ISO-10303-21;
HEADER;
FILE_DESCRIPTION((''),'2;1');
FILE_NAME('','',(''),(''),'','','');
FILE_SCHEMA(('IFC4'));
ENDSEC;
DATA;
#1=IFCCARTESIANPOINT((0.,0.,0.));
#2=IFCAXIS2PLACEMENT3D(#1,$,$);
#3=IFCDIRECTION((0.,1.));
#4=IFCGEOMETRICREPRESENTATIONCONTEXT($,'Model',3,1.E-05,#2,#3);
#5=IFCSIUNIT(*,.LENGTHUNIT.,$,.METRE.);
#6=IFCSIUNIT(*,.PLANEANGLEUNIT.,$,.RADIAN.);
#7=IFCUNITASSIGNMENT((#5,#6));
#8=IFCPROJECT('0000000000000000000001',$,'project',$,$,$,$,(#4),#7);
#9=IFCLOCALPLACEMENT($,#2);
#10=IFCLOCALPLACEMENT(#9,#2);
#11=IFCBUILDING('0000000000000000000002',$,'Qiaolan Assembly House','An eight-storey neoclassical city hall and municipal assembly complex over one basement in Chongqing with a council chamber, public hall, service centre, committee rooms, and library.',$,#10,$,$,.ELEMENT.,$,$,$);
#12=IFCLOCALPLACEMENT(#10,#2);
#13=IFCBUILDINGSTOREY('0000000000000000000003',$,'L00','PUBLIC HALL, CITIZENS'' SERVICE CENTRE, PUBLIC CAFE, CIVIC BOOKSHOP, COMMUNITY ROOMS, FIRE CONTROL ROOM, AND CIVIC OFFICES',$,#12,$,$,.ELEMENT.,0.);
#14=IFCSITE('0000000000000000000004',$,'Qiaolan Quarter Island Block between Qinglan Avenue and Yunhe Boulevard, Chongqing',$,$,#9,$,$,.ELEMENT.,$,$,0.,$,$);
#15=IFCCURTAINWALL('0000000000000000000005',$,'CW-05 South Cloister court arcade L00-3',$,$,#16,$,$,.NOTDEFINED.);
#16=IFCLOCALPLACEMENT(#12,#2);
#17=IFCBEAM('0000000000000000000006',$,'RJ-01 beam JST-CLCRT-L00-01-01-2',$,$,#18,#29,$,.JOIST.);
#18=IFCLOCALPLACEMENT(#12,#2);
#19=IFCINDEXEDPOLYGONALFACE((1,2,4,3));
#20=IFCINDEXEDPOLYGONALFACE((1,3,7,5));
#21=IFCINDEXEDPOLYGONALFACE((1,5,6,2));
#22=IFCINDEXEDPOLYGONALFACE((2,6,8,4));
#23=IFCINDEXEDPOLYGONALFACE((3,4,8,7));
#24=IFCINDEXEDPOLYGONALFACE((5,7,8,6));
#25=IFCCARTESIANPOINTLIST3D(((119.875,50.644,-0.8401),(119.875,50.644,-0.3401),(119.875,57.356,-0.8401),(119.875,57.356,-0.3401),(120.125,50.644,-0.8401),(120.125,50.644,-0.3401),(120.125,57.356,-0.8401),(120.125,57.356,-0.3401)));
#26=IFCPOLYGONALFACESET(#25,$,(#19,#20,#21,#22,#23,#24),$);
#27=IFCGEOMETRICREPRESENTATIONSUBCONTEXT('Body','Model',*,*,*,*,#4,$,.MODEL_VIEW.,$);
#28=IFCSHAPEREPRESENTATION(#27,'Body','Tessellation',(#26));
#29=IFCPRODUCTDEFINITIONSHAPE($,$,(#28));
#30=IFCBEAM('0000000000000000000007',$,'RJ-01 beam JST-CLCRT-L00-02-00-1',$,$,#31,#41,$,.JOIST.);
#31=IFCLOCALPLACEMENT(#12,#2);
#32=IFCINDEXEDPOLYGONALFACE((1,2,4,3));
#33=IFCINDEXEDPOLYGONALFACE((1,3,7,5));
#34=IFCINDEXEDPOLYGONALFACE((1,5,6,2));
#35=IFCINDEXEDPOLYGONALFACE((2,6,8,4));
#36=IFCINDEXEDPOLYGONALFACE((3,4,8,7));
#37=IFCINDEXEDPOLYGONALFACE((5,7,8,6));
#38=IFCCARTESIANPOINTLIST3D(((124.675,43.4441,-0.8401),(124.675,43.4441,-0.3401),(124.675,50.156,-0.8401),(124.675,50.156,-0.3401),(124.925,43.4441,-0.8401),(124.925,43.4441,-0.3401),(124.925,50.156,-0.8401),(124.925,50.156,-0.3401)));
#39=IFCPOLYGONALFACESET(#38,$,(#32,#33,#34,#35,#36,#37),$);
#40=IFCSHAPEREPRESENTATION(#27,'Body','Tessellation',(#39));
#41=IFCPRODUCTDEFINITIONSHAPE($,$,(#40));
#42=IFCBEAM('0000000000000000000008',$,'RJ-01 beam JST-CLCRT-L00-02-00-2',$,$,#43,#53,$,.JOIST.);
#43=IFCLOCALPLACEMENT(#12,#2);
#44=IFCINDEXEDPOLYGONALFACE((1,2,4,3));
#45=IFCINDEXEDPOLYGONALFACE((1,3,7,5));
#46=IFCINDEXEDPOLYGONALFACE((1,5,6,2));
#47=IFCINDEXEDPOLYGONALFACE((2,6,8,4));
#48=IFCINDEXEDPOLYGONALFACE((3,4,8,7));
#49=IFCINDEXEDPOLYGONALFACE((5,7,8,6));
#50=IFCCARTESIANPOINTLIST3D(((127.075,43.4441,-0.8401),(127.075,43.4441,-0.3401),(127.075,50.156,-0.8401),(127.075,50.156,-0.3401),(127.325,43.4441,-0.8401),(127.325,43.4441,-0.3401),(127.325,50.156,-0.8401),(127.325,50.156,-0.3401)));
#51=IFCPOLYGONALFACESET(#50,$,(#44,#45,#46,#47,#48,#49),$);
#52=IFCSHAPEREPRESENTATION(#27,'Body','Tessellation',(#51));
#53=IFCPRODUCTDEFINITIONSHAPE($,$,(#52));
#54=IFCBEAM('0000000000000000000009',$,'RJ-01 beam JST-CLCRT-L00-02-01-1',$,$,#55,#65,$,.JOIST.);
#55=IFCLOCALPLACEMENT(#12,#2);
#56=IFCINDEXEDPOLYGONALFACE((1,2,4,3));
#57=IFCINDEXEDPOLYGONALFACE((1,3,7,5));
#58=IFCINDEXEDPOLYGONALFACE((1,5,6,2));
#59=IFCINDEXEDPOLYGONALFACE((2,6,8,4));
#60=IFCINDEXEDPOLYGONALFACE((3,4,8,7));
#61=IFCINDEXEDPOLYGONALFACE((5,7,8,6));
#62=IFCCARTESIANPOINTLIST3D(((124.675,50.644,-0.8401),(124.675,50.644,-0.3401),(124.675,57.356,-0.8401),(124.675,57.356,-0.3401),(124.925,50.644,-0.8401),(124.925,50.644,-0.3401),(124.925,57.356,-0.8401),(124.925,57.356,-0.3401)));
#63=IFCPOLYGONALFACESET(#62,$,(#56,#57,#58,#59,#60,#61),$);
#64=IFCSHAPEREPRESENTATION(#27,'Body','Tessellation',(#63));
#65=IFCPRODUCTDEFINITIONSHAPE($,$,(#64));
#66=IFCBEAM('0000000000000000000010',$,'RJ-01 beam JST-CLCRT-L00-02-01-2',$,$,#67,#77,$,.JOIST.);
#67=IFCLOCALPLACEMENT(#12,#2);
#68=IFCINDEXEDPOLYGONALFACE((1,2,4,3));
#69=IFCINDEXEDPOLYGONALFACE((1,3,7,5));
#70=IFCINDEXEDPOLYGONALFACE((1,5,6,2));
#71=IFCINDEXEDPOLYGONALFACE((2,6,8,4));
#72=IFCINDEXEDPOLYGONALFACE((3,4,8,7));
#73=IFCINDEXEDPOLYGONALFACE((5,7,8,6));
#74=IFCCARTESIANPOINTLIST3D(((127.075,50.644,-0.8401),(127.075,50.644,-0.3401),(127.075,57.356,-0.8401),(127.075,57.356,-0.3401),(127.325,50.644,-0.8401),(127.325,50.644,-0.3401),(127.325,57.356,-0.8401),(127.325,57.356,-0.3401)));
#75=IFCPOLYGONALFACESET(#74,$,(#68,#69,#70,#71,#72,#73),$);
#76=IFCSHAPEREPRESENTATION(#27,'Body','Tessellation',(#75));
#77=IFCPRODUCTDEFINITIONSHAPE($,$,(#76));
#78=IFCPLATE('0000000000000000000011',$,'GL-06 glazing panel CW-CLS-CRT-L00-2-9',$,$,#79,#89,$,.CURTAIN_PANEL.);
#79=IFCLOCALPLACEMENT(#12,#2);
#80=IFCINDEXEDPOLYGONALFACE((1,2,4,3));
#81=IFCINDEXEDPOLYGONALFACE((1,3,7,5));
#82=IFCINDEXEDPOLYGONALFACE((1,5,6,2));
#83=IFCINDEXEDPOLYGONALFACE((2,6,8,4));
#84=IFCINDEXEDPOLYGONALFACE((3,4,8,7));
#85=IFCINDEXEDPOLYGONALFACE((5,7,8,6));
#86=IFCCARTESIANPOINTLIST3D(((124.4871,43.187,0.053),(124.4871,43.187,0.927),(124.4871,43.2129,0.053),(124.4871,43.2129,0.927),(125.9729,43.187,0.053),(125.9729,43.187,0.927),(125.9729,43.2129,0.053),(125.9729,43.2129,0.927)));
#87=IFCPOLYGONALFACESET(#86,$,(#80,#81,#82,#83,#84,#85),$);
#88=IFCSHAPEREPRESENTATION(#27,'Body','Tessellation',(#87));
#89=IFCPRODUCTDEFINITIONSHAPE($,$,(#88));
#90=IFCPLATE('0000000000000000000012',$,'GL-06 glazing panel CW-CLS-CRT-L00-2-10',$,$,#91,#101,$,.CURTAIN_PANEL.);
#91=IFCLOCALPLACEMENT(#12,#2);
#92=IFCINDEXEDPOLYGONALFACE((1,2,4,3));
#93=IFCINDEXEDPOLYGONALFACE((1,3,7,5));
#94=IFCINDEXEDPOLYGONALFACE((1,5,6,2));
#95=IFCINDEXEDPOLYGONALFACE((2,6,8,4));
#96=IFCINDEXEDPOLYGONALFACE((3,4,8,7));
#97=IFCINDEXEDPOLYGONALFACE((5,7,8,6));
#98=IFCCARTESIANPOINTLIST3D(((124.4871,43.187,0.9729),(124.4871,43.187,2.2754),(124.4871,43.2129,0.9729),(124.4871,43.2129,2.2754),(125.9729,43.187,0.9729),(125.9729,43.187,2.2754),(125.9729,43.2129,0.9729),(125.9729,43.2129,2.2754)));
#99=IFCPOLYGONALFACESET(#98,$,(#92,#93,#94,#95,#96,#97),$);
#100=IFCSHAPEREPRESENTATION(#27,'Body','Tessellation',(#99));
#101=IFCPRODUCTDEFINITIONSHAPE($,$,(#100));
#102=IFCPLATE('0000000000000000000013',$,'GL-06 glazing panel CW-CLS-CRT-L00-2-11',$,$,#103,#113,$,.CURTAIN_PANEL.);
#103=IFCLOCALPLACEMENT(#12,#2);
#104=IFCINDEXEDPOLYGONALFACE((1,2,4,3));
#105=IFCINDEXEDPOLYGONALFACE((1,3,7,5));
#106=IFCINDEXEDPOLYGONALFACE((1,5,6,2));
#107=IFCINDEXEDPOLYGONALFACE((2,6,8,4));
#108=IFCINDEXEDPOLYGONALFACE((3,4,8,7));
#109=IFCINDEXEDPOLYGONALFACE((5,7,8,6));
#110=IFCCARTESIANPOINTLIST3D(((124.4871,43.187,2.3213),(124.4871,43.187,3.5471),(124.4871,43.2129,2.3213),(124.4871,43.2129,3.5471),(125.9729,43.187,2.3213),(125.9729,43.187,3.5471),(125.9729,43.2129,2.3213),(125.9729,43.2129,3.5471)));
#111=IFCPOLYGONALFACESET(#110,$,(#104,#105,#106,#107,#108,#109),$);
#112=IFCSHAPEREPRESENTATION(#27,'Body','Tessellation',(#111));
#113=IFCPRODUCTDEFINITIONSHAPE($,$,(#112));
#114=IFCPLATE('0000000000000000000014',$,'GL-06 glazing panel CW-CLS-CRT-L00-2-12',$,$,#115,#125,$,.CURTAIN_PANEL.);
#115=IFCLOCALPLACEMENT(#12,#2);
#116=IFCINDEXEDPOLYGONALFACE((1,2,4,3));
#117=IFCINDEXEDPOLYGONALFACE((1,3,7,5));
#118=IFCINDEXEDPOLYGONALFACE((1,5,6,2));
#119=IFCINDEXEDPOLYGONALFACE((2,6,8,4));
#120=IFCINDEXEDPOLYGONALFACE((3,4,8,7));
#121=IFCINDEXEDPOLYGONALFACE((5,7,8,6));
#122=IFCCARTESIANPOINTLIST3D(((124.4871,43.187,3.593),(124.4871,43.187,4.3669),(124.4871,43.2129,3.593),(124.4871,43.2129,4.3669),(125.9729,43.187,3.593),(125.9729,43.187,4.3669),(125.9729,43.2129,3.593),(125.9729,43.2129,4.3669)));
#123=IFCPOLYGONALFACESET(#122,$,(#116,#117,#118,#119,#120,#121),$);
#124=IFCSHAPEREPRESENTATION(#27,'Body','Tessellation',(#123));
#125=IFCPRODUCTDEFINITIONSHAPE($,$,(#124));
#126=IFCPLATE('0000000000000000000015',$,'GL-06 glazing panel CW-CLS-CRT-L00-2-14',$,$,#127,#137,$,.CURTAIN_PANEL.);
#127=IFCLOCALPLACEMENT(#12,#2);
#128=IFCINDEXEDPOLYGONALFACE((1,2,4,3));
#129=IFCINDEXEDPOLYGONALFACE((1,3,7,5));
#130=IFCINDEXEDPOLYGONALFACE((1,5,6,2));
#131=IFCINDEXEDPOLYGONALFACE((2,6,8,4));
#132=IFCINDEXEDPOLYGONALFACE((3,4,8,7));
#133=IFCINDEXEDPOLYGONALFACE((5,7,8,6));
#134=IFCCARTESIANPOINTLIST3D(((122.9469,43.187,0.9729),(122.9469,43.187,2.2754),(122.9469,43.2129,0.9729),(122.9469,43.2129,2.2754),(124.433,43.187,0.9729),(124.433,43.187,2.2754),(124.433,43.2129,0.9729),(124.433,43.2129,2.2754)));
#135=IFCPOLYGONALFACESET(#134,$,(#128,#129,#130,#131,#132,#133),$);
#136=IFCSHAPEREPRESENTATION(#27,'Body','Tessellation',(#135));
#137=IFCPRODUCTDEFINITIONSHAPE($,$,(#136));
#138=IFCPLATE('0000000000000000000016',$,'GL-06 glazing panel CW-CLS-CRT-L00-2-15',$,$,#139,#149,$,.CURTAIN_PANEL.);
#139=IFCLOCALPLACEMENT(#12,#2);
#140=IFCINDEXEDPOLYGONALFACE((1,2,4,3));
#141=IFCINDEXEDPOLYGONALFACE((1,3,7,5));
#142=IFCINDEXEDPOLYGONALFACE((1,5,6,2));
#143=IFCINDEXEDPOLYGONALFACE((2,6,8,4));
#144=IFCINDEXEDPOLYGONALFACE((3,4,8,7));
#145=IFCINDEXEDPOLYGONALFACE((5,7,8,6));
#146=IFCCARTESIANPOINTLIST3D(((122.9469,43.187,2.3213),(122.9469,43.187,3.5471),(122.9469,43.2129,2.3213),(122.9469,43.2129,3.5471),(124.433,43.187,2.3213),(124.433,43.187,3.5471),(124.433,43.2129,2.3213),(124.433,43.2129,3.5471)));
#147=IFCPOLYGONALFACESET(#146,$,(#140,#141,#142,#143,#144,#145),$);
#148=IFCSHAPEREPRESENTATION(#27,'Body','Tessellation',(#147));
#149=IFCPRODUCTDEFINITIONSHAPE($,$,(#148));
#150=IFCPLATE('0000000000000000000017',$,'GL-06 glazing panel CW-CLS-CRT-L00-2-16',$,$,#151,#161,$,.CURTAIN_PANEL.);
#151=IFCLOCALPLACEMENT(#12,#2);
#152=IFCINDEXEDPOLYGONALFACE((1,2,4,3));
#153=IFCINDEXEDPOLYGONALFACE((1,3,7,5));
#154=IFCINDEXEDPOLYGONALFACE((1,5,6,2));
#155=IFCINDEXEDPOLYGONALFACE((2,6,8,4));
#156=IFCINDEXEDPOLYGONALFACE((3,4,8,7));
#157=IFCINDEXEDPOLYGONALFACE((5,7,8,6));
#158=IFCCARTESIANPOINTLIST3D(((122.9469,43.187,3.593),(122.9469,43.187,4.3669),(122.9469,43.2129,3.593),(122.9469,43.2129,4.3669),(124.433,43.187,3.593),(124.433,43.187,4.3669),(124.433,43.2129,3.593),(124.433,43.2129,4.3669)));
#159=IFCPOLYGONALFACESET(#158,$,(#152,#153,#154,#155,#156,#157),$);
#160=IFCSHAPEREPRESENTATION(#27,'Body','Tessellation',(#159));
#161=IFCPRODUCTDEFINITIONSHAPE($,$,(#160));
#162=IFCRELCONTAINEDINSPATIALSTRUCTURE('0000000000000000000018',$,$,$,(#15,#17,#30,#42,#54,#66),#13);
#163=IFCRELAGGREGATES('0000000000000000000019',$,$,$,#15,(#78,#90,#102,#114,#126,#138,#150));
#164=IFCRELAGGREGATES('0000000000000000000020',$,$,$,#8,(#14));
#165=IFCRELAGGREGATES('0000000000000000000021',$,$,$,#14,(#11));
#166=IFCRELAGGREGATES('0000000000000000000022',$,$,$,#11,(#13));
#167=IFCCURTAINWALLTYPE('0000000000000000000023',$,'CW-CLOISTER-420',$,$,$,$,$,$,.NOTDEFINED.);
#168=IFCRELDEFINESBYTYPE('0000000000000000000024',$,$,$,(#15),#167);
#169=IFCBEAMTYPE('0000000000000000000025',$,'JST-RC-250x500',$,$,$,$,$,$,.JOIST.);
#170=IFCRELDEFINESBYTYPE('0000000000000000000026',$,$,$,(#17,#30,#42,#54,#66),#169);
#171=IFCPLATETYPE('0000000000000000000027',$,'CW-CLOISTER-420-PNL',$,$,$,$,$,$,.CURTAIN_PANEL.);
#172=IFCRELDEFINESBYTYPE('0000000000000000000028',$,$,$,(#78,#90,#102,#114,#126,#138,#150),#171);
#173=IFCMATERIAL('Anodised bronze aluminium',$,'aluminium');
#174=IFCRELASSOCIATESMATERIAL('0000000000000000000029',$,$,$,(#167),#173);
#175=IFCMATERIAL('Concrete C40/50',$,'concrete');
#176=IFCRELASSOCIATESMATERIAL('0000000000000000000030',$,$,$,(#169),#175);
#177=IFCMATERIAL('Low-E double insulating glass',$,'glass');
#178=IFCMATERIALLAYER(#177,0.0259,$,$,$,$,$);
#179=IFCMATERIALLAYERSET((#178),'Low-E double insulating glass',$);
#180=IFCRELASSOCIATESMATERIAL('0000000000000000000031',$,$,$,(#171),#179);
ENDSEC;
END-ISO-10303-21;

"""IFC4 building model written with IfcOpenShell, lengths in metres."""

from ifc_helpers import new_model, si_unit, direction, frame, frame_2d, origin, origin_2d, place, context, subcontext, project, spatial, rectangle, extrude, material, layer, layer_set, material_profile, profile_set, type_object, element, aggregate, save


model = new_model("IFC4")

# Units and contexts
model_context = context("Model", 3, precision=1e-05, world=origin(), true_north=direction((0.0, 1.0)))
body_context = subcontext(model_context, "Body", "Model", "MODEL_VIEW")
ifc_project = project(units=[si_unit("LENGTHUNIT", "METRE"), si_unit("PLANEANGLEUNIT", "RADIAN")], contexts=[model_context])

# Site, building, storey
site_placement = place(None, origin())
site = spatial("IfcSite", under=ifc_project, at=site_placement, Name="Qiaolan Quarter Island Block between Qinglan Avenue and Yunhe Boulevard, Chongqing", CompositionType="ELEMENT", RefElevation=0.0)
building_placement = place(site_placement, origin())
building = spatial("IfcBuilding", under=site, at=building_placement, Name="Qiaolan Assembly House", Description="An eight-storey neoclassical city hall and municipal assembly complex over one basement in Chongqing with a council chamber, public hall, service centre, committee rooms, and library.", CompositionType="ELEMENT")
storey_placement = place(building_placement, origin())
storey = spatial("IfcBuildingStorey", under=building, at=storey_placement, Name="L00", Description="PUBLIC HALL, CITIZENS' SERVICE CENTRE, PUBLIC CAFE, CIVIC BOOKSHOP, COMMUNITY ROOMS, FIRE CONTROL ROOM, AND CIVIC OFFICES", CompositionType="ELEMENT", Elevation=0.0)

# Shared definitions
ifc_material_1 = material(Name="Concrete C40/50", Category="concrete")

# Curtain wall
ifc_material_2 = material(Name="Anodised bronze aluminium", Category="aluminium")
curtain_wall_type = type_object("IfcCurtainWallType", Name="CW-CLOISTER-420", PredefinedType="NOTDEFINED", material=ifc_material_2)
curtain_wall_placement = place(storey_placement, origin())
curtain_wall = element("IfcCurtainWall", 1, at=curtain_wall_placement, inside=storey, type_object=curtain_wall_type, Name="CW-05 South Cloister court arcade L00-3", PredefinedType="NOTDEFINED")

# Beams
ifc_material_profile_1 = material_profile(ifc_material_1, rectangle(XDim=0.25, YDim=0.5, at=origin_2d()), Name="RCB 250x500")
ifc_profile_set_1 = profile_set([ifc_material_profile_1], Name="Concrete C40/50")
beam_type_1 = type_object("IfcBeamType", Name="JST-RC-250x500", PredefinedType="JOIST", material=ifc_profile_set_1)
for number, where, z_axis, x_axis, name in (
    (2, (120.0, 50.644, -0.5901), (0.0, 1.0, 0.0), (-1.0, 0.0, 0.0), "RJ-01 beam JST-CLCRT-L00-01-01-2"),
    (3, (124.8, 43.4441, -0.5901), (0.0, 1.0, 0.0), (-1.0, 0.0, 0.0), "RJ-01 beam JST-CLCRT-L00-02-00-1"),
    (4, (127.2, 43.4441, -0.5901), (0.0, 1.0, 0.0), (-1.0, 0.0, 0.0), "RJ-01 beam JST-CLCRT-L00-02-00-2"),
    (5, (124.8, 50.644, -0.5901), (0.0, 1.0, 0.0), (-1.0, 0.0, 0.0), "RJ-01 beam JST-CLCRT-L00-02-01-1"),
    (6, (127.2, 50.644, -0.5901), (0.0, 1.0, 0.0), (-1.0, 0.0, 0.0), "RJ-01 beam JST-CLCRT-L00-02-01-2"),
):
    element("IfcBeam", number, at=place(storey_placement, frame(where, z_axis=z_axis, x_axis=x_axis)), inside=storey, type_object=beam_type_1, Name=name, PredefinedType="JOIST", context=body_context, shape_type="SweptSolid", body=[
        extrude(rectangle(XDim=0.25, YDim=0.5, at=origin_2d()), origin(), (0.0, 0.0, 1.0), 6.7119),
    ])

# Plates
ifc_material_3 = material(Name="Low-E double insulating glass", Category="glass")
ifc_layer = layer(ifc_material_3, 0.0259)
ifc_layer_set = layer_set([ifc_layer], Name="Low-E double insulating glass")
plate_type = type_object("IfcPlateType", Name="CW-CLOISTER-420-PNL", PredefinedType="CURTAIN_PANEL", material=ifc_layer_set)
plate_1_placement = place(storey_placement, frame((125.9729, 43.2, 0.053), z_axis=(0.0, 0.0, 1.0), x_axis=(-1.0, 0.0, 0.0)))
plate_1 = element("IfcPlate", 7, at=plate_1_placement, type_object=plate_type, Name="GL-06 glazing panel CW-CLS-CRT-L00-2-9", PredefinedType="CURTAIN_PANEL", context=body_context, shape_type="SweptSolid", body=[
    extrude(rectangle(XDim=1.4858, YDim=0.0259, at=frame_2d((0.7429, 0.0))), origin(), (0.0, 0.0, 1.0), 0.874),
])
plate_2_placement = place(storey_placement, frame((125.9729, 43.2, 0.9729), z_axis=(0.0, 0.0, 1.0), x_axis=(-1.0, 0.0, 0.0)))
plate_2 = element("IfcPlate", 8, at=plate_2_placement, type_object=plate_type, Name="GL-06 glazing panel CW-CLS-CRT-L00-2-10", PredefinedType="CURTAIN_PANEL", context=body_context, shape_type="SweptSolid", body=[
    extrude(rectangle(XDim=1.4858, YDim=0.0259, at=frame_2d((0.7429, 0.0))), origin(), (0.0, 0.0, 1.0), 1.3025),
])
plate_3_placement = place(storey_placement, frame((125.9729, 43.2, 2.3213), z_axis=(0.0, 0.0, 1.0), x_axis=(-1.0, 0.0, 0.0)))
plate_3 = element("IfcPlate", 9, at=plate_3_placement, type_object=plate_type, Name="GL-06 glazing panel CW-CLS-CRT-L00-2-11", PredefinedType="CURTAIN_PANEL", context=body_context, shape_type="SweptSolid", body=[
    extrude(rectangle(XDim=1.4858, YDim=0.0259, at=frame_2d((0.7429, 0.0))), origin(), (0.0, 0.0, 1.0), 1.2258),
])
plate_4_placement = place(storey_placement, frame((125.9729, 43.2, 3.593), z_axis=(0.0, 0.0, 1.0), x_axis=(-1.0, 0.0, 0.0)))
plate_4 = element("IfcPlate", 10, at=plate_4_placement, type_object=plate_type, Name="GL-06 glazing panel CW-CLS-CRT-L00-2-12", PredefinedType="CURTAIN_PANEL", context=body_context, shape_type="SweptSolid", body=[
    extrude(rectangle(XDim=1.4858, YDim=0.0259, at=frame_2d((0.7429, 0.0))), origin(), (0.0, 0.0, 1.0), 0.7739),
])
plate_5_placement = place(storey_placement, frame((124.4331, 43.2, 0.9729), z_axis=(0.0, 0.0, 1.0), x_axis=(-1.0, 0.0, 0.0)))
plate_5 = element("IfcPlate", 11, at=plate_5_placement, type_object=plate_type, Name="GL-06 glazing panel CW-CLS-CRT-L00-2-14", PredefinedType="CURTAIN_PANEL", context=body_context, shape_type="SweptSolid", body=[
    extrude(rectangle(XDim=1.4861, YDim=0.0259, at=frame_2d((0.7432, 0.0))), origin(), (0.0, 0.0, 1.0), 1.3025),
])
plate_6_placement = place(storey_placement, frame((124.4331, 43.2, 2.3213), z_axis=(0.0, 0.0, 1.0), x_axis=(-1.0, 0.0, 0.0)))
plate_6 = element("IfcPlate", 12, at=plate_6_placement, type_object=plate_type, Name="GL-06 glazing panel CW-CLS-CRT-L00-2-15", PredefinedType="CURTAIN_PANEL", context=body_context, shape_type="SweptSolid", body=[
    extrude(rectangle(XDim=1.4861, YDim=0.0259, at=frame_2d((0.7432, 0.0))), origin(), (0.0, 0.0, 1.0), 1.2258),
])
plate_7_placement = place(storey_placement, frame((124.4331, 43.2, 3.593), z_axis=(0.0, 0.0, 1.0), x_axis=(-1.0, 0.0, 0.0)))
plate_7 = element("IfcPlate", 13, at=plate_7_placement, type_object=plate_type, Name="GL-06 glazing panel CW-CLS-CRT-L00-2-16", PredefinedType="CURTAIN_PANEL", context=body_context, shape_type="SweptSolid", body=[
    extrude(rectangle(XDim=1.4861, YDim=0.0259, at=frame_2d((0.7432, 0.0))), origin(), (0.0, 0.0, 1.0), 0.7739),
])
aggregate(curtain_wall, [plate_1, plate_2, plate_3, plate_4, plate_5, plate_6, plate_7])

save(model, "model.ifc")
